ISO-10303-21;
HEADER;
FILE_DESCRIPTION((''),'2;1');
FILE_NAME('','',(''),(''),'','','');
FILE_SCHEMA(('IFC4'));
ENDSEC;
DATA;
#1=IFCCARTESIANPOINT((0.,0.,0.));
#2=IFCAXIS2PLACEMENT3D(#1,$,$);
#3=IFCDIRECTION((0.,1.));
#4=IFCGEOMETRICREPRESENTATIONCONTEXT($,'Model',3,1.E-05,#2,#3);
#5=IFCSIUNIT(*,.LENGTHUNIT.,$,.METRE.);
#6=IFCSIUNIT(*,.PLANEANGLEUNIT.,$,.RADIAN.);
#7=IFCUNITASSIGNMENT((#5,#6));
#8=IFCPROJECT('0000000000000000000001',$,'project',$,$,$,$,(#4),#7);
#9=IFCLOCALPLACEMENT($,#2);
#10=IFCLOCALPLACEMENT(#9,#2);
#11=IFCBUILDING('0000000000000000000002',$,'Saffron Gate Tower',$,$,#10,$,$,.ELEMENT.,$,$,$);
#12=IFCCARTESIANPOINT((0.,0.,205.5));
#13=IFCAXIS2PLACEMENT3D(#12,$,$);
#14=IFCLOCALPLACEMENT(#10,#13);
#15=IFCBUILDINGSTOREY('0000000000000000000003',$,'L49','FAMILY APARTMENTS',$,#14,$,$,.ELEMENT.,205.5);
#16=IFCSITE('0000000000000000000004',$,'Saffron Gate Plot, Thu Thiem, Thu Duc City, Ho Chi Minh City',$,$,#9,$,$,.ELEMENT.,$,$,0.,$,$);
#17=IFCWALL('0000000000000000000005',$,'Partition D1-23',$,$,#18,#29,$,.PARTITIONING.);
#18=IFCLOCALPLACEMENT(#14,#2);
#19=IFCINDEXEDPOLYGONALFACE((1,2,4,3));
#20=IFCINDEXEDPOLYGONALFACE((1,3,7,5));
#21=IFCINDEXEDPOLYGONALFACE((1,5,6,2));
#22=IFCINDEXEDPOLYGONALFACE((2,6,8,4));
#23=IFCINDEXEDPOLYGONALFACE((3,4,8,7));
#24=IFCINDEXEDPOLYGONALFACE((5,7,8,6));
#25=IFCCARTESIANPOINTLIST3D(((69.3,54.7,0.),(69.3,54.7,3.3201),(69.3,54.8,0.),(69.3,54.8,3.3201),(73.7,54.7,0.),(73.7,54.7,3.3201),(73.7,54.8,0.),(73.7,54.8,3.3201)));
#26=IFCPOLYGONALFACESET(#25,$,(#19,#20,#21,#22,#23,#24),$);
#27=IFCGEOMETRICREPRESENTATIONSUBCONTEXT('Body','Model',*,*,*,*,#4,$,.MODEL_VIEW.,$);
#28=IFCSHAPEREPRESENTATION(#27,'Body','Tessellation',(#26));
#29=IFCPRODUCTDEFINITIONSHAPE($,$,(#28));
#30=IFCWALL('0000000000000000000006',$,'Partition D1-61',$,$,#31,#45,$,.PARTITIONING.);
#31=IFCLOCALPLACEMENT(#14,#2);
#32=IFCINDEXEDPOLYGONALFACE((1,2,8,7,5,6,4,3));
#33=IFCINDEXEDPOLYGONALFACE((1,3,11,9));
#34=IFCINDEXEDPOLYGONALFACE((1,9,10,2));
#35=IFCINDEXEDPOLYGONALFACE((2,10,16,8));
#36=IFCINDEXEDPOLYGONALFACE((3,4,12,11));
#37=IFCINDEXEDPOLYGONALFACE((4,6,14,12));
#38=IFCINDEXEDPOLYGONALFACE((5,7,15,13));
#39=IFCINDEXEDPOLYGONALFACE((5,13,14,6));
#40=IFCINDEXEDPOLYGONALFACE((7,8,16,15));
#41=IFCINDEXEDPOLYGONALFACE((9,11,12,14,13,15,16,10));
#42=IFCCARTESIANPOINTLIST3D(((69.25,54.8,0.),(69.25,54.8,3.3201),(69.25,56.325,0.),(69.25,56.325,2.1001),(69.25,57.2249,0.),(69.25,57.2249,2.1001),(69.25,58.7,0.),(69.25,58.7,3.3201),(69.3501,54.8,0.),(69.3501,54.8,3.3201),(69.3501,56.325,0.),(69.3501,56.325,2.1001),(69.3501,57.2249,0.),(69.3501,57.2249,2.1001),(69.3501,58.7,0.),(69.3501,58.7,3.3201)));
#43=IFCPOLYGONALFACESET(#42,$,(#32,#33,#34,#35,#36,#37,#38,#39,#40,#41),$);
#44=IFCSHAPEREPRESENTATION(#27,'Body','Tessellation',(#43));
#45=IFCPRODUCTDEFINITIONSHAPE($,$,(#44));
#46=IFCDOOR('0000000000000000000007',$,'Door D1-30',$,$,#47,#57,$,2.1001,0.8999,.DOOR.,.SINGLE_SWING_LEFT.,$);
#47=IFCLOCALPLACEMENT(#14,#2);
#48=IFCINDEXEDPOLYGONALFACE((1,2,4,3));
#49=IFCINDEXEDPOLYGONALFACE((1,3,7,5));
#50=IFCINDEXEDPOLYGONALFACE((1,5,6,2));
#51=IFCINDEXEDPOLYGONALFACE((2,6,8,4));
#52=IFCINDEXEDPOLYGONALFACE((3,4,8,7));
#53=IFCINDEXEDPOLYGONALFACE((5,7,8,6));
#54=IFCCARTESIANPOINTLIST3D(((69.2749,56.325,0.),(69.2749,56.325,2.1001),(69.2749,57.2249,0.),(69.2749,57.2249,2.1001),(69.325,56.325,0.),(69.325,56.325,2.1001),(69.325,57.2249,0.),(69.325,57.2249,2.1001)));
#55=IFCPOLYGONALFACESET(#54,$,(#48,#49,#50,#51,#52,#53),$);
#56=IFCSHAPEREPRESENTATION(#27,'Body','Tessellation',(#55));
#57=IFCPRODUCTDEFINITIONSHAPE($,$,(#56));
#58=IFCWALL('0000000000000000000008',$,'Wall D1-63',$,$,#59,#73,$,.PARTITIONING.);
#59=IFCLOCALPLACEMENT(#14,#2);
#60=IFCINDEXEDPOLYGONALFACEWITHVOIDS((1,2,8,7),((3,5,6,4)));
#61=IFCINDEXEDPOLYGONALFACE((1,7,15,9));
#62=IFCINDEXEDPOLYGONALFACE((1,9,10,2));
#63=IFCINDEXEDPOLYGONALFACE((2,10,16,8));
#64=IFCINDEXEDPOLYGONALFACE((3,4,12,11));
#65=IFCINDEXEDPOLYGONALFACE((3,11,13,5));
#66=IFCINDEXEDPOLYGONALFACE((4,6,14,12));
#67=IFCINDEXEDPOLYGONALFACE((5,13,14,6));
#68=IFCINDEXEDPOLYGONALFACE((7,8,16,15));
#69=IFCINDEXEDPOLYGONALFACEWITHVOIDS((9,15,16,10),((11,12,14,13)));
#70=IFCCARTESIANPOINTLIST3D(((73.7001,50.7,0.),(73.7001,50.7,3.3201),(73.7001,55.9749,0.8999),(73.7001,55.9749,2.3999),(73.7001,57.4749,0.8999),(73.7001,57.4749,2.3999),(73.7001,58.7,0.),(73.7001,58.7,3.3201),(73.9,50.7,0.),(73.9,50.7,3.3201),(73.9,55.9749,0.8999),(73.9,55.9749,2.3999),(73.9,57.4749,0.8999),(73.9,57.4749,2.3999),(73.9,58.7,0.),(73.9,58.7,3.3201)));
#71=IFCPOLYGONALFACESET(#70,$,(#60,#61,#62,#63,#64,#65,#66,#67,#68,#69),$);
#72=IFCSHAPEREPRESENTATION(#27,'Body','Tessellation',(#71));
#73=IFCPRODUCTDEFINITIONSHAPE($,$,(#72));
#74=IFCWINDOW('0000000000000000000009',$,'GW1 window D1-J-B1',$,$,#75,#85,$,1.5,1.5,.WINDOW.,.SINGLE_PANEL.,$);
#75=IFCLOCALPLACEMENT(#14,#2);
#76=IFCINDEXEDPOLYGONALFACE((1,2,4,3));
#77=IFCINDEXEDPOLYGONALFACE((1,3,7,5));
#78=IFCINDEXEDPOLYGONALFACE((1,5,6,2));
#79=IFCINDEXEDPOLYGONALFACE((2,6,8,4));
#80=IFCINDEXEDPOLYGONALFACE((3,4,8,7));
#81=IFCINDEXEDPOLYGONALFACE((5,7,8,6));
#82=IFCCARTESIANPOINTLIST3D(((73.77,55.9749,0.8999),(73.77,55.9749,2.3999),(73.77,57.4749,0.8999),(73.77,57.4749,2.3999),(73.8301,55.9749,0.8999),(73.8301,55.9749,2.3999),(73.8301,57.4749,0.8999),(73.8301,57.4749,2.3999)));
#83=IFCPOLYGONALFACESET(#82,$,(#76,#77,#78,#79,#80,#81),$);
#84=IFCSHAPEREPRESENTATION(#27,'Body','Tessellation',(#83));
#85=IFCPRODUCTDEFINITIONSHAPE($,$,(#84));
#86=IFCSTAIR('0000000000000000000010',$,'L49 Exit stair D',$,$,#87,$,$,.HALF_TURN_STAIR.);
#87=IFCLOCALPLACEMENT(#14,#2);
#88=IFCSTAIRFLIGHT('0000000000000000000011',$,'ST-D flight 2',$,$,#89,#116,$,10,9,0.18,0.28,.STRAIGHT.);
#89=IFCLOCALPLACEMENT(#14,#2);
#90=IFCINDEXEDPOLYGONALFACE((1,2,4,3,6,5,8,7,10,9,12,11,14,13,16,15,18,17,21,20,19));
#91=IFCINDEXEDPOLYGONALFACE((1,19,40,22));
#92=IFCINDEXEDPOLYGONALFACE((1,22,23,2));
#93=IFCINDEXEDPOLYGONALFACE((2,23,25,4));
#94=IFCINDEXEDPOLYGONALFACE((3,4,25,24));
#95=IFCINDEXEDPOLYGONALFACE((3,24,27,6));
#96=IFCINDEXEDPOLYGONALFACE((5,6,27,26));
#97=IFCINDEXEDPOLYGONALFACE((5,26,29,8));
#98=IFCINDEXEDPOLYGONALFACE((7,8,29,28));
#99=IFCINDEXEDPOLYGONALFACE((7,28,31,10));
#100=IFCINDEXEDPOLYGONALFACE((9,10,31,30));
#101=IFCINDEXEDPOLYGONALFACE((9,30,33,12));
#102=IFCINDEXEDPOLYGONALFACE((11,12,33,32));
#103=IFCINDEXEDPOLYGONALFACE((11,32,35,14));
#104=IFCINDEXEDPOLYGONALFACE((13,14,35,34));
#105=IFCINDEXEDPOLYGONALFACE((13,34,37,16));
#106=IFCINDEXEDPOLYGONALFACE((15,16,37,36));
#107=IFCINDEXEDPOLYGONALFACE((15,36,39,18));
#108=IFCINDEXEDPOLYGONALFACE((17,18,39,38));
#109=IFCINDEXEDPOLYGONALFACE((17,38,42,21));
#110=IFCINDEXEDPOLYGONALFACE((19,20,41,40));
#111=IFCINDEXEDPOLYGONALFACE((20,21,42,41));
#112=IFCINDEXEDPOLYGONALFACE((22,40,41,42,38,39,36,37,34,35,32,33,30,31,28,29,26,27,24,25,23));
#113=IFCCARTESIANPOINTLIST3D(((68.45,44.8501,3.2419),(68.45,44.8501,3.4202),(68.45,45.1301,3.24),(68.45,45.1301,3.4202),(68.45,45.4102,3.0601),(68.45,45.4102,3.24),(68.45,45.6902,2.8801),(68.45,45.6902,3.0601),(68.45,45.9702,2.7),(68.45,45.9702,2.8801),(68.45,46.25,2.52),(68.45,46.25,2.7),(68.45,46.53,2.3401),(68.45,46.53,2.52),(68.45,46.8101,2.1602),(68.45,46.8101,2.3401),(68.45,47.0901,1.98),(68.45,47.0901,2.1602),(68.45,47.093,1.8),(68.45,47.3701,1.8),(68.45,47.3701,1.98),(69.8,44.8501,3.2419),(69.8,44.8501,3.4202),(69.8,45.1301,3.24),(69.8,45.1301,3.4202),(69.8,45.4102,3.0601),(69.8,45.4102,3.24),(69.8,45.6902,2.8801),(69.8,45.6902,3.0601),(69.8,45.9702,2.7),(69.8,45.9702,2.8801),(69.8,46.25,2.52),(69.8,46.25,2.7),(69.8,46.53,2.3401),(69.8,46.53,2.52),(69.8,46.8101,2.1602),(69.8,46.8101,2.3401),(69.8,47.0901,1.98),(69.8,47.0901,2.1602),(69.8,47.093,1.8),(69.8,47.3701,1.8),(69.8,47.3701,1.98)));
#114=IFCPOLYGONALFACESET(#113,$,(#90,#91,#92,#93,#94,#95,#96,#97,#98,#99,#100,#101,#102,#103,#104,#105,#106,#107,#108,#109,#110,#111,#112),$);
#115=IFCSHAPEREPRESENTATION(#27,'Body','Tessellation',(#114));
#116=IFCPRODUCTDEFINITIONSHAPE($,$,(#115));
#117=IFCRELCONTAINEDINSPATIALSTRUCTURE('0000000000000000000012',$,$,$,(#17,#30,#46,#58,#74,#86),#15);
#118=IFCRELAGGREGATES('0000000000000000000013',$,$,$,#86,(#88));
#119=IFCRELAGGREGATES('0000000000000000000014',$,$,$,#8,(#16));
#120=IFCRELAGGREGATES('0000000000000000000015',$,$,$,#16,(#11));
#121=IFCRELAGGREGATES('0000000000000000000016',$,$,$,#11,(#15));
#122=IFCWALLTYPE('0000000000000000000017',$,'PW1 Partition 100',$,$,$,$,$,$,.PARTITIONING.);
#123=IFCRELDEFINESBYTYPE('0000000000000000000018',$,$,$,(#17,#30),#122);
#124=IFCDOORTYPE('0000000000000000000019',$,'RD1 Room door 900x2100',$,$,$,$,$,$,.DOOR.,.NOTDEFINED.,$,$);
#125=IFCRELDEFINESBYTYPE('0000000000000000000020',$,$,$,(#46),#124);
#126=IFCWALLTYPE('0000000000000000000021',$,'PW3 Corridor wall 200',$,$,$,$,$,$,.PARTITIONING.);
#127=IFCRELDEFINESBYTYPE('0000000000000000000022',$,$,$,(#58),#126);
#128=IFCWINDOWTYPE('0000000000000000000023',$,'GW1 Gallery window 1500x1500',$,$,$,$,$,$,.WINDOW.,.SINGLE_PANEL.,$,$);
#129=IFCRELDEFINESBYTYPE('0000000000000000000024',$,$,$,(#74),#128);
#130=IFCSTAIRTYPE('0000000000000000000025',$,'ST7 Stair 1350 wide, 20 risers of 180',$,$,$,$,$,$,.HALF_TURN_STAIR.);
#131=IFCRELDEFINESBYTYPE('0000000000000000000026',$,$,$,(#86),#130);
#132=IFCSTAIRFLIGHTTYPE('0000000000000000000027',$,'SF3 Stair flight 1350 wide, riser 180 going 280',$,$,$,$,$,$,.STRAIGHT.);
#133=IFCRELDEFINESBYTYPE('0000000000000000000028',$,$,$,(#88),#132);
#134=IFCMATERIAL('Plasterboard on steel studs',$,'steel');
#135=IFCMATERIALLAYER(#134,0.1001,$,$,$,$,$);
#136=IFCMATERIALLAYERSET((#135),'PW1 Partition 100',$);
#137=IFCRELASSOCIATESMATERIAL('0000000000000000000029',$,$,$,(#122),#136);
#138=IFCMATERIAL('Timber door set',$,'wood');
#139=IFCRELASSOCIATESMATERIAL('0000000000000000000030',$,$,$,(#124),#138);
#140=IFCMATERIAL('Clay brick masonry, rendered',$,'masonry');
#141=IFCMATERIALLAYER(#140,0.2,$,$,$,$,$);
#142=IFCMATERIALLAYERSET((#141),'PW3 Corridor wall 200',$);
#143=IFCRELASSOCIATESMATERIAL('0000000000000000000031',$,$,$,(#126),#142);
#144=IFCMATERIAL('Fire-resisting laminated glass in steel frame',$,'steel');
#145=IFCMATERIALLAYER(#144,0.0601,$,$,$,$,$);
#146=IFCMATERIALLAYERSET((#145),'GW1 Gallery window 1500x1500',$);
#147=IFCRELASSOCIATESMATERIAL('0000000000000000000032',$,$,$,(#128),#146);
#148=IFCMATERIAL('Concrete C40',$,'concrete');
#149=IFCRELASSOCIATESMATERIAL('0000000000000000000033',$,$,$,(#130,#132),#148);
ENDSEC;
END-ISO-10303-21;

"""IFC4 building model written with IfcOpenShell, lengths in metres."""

from ifc_helpers import new_model, si_unit, direction, frame, frame_2d, origin, place, context, subcontext, project, spatial, polyline, rectangle, outline, extrude, material, layer, layer_set, type_object, element, fill, aggregate, save


model = new_model("IFC4")

# Units and contexts
model_context = context("Model", 3, precision=1e-05, world=origin(), true_north=direction((0.0, 1.0)))
body_context = subcontext(model_context, "Body", "Model", "MODEL_VIEW")
ifc_project = project(units=[si_unit("LENGTHUNIT", "METRE"), si_unit("PLANEANGLEUNIT", "RADIAN")], contexts=[model_context])

# Site, building, storey
site_placement = place(None, origin())
site = spatial("IfcSite", under=ifc_project, at=site_placement, Name="Saffron Gate Plot, Thu Thiem, Thu Duc City, Ho Chi Minh City", CompositionType="ELEMENT", RefElevation=0.0)
building_placement = place(site_placement, origin())
building = spatial("IfcBuilding", under=site, at=building_placement, Name="Saffron Gate Tower", CompositionType="ELEMENT")
storey_placement = place(building_placement, frame((0.0, 0.0, 205.5)))
storey = spatial("IfcBuildingStorey", under=building, at=storey_placement, Name="L49", Description="FAMILY APARTMENTS", CompositionType="ELEMENT", Elevation=205.5)

# Wall
ifc_material_1 = material(Name="Plasterboard on steel studs", Category="steel")
ifc_layer_1 = layer(ifc_material_1, 0.1001)
ifc_layer_set_1 = layer_set([ifc_layer_1], Name="PW1 Partition 100")
wall_type_1 = type_object("IfcWallType", Name="PW1 Partition 100", PredefinedType="PARTITIONING", material=ifc_layer_set_1)
wall_1_placement = place(storey_placement, frame((69.3, 54.75, 0.0), z_axis=(0.0, 0.0, 1.0), x_axis=(1.0, 0.0, 0.0)))
element("IfcWall", 1, at=wall_1_placement, inside=storey, type_object=wall_type_1, Name="Partition D1-23", PredefinedType="PARTITIONING", context=body_context, shape_type="SweptSolid", body=[
    extrude(rectangle(XDim=4.3999, YDim=0.1001, at=frame_2d((2.2, 0.0))), origin(), (0.0, 0.0, 1.0), 3.3201),
])

# Wall, opening, door
wall_2_placement = place(storey_placement, frame((69.3, 58.7, 0.0), z_axis=(0.0, 0.0, 1.0), x_axis=(0.0, -1.0, 0.0)))
wall_2 = element("IfcWall", 2, at=wall_2_placement, inside=storey, type_object=wall_type_1, Name="Partition D1-61", PredefinedType="PARTITIONING", context=body_context, shape_type="SweptSolid", body=[
    extrude(rectangle(XDim=3.8999, YDim=0.1001, at=frame_2d((1.95, 0.0))), origin(), (0.0, 0.0, 1.0), 3.3201),
])
opening_1_placement = place(wall_2_placement, frame((1.4751, 0.0, 0.0)))
opening_1 = element("IfcOpeningElement", 3, at=opening_1_placement, cuts=wall_2, PredefinedType="OPENING", context=body_context, shape_type="SweptSolid", body=[
    extrude(rectangle(XDim=0.8999, YDim=2.1001, at=frame_2d((0.45, 1.05))), frame((0.0, 0.0601, 0.0), z_axis=(0.0, -1.0, 0.0), x_axis=(1.0, 0.0, 0.0)), (0.0, 0.0, 1.0), 0.1201),
])
ifc_material_2 = material(Name="Timber door set", Category="wood")
door_type_1 = type_object("IfcDoorType", Name="RD1 Room door 900x2100", OperationType="NOTDEFINED", PredefinedType="DOOR", material=ifc_material_2)
door_1_placement = place(opening_1_placement, origin())
door_1 = element("IfcDoor", 4, at=door_1_placement, inside=storey, type_object=door_type_1, Name="Door D1-30", OperationType="SINGLE_SWING_LEFT", OverallHeight=2.1001, OverallWidth=0.8999, PredefinedType="DOOR", context=body_context, shape_type="SweptSolid", body=[
    extrude(rectangle(XDim=0.8999, YDim=2.1001, at=frame_2d((0.45, 1.05))), frame((0.0, 0.0249, 0.0), z_axis=(0.0, -1.0, 0.0), x_axis=(1.0, 0.0, 0.0)), (0.0, 0.0, 1.0), 0.05),
])
fill(opening_1, door_1)

# Wall, opening, window
ifc_material_3 = material(Name="Clay brick masonry, rendered", Category="masonry")
ifc_layer_2 = layer(ifc_material_3, 0.2)
ifc_layer_set_2 = layer_set([ifc_layer_2], Name="PW3 Corridor wall 200")
wall_type_2 = type_object("IfcWallType", Name="PW3 Corridor wall 200", PredefinedType="PARTITIONING", material=ifc_layer_set_2)
wall_3_placement = place(storey_placement, frame((73.8, 58.7, 0.0), z_axis=(0.0, 0.0, 1.0), x_axis=(0.0, -1.0, 0.0)))
wall_3 = element("IfcWall", 5, at=wall_3_placement, inside=storey, type_object=wall_type_2, Name="Wall D1-63", PredefinedType="PARTITIONING", context=body_context, shape_type="SweptSolid", body=[
    extrude(rectangle(XDim=8.0, YDim=0.2, at=frame_2d((4.0, 0.0))), origin(), (0.0, 0.0, 1.0), 3.3201),
])
opening_2_placement = place(wall_3_placement, frame((1.2251, 0.0, 0.8999)))
opening_2 = element("IfcOpeningElement", 6, at=opening_2_placement, cuts=wall_3, PredefinedType="OPENING", context=body_context, shape_type="SweptSolid", body=[
    extrude(rectangle(XDim=1.5, YDim=1.5, at=frame_2d((0.75, 0.75))), frame((0.0, 0.1099, 0.0), z_axis=(0.0, -1.0, 0.0), x_axis=(1.0, 0.0, 0.0)), (0.0, 0.0, 1.0), 0.22),
])
ifc_material_4 = material(Name="Fire-resisting laminated glass in steel frame", Category="steel")
ifc_layer_3 = layer(ifc_material_4, 0.0601)
ifc_layer_set_3 = layer_set([ifc_layer_3], Name="GW1 Gallery window 1500x1500")
window_type = type_object("IfcWindowType", Name="GW1 Gallery window 1500x1500", PartitioningType="SINGLE_PANEL", PredefinedType="WINDOW", material=ifc_layer_set_3)
window_placement = place(opening_2_placement, origin())
window = element("IfcWindow", 7, at=window_placement, inside=storey, type_object=window_type, Name="GW1 window D1-J-B1", OverallHeight=1.5, OverallWidth=1.5, PartitioningType="SINGLE_PANEL", PredefinedType="WINDOW", context=body_context, shape_type="SweptSolid", body=[
    extrude(rectangle(XDim=1.5, YDim=1.5, at=frame_2d((0.75, 0.75))), frame((0.0, 0.03, 0.0), z_axis=(0.0, -1.0, 0.0), x_axis=(1.0, 0.0, 0.0)), (0.0, 0.0, 1.0), 0.0601),
])
fill(opening_2, window)

# Stair, stair flight
ifc_material_5 = material(Name="Concrete C40", Category="concrete")
stair_type = type_object("IfcStairType", Name="ST7 Stair 1350 wide, 20 risers of 180", PredefinedType="HALF_TURN_STAIR", material=ifc_material_5)
stair_placement = place(storey_placement, origin())
stair = element("IfcStair", 8, at=stair_placement, inside=storey, type_object=stair_type, Name="L49 Exit stair D", PredefinedType="HALF_TURN_STAIR")
stair_flight_type = type_object("IfcStairFlightType", Name="SF3 Stair flight 1350 wide, riser 180 going 280", PredefinedType="STRAIGHT", material=ifc_material_5)
stair_flight_placement = place(storey_placement, frame((69.125, 47.3701, 1.8), z_axis=(0.0, 0.0, 1.0), x_axis=(0.0, -1.0, 0.0)))
stair_flight = element("IfcStairFlight", 9, at=stair_flight_placement, type_object=stair_flight_type, Name="ST-D flight 2", NumberOfRisers=10, NumberOfTreads=9, PredefinedType="STRAIGHT", RiserHeight=0.18, TreadLength=0.28, context=body_context, shape_type="SweptSolid", body=[
    extrude(outline(polyline([(0.0, 0.0), (0.0, 0.1799), (0.28, 0.1799), (0.28, 0.3601), (0.5601, 0.3601), (0.5601, 0.54), (0.8401, 0.54), (0.8401, 0.72), (1.1201, 0.72), (1.1201, 0.8999), (1.3999, 0.8999), (1.3999, 1.0801), (1.6799, 1.0801), (1.6799, 1.26), (1.96, 1.26), (1.96, 1.4399), (2.24, 1.4399), (2.24, 1.6201), (2.52, 1.6201), (2.52, 1.8), (2.52, 1.4419), (0.2771, 0.0), (0.0, 0.0)])), frame((0.0, 0.675, 0.0), z_axis=(0.0, -1.0, 0.0), x_axis=(1.0, 0.0, 0.0)), (0.0, 0.0, 1.0), 1.3501),
])
aggregate(stair, [stair_flight])

save(model, "model.ifc")
